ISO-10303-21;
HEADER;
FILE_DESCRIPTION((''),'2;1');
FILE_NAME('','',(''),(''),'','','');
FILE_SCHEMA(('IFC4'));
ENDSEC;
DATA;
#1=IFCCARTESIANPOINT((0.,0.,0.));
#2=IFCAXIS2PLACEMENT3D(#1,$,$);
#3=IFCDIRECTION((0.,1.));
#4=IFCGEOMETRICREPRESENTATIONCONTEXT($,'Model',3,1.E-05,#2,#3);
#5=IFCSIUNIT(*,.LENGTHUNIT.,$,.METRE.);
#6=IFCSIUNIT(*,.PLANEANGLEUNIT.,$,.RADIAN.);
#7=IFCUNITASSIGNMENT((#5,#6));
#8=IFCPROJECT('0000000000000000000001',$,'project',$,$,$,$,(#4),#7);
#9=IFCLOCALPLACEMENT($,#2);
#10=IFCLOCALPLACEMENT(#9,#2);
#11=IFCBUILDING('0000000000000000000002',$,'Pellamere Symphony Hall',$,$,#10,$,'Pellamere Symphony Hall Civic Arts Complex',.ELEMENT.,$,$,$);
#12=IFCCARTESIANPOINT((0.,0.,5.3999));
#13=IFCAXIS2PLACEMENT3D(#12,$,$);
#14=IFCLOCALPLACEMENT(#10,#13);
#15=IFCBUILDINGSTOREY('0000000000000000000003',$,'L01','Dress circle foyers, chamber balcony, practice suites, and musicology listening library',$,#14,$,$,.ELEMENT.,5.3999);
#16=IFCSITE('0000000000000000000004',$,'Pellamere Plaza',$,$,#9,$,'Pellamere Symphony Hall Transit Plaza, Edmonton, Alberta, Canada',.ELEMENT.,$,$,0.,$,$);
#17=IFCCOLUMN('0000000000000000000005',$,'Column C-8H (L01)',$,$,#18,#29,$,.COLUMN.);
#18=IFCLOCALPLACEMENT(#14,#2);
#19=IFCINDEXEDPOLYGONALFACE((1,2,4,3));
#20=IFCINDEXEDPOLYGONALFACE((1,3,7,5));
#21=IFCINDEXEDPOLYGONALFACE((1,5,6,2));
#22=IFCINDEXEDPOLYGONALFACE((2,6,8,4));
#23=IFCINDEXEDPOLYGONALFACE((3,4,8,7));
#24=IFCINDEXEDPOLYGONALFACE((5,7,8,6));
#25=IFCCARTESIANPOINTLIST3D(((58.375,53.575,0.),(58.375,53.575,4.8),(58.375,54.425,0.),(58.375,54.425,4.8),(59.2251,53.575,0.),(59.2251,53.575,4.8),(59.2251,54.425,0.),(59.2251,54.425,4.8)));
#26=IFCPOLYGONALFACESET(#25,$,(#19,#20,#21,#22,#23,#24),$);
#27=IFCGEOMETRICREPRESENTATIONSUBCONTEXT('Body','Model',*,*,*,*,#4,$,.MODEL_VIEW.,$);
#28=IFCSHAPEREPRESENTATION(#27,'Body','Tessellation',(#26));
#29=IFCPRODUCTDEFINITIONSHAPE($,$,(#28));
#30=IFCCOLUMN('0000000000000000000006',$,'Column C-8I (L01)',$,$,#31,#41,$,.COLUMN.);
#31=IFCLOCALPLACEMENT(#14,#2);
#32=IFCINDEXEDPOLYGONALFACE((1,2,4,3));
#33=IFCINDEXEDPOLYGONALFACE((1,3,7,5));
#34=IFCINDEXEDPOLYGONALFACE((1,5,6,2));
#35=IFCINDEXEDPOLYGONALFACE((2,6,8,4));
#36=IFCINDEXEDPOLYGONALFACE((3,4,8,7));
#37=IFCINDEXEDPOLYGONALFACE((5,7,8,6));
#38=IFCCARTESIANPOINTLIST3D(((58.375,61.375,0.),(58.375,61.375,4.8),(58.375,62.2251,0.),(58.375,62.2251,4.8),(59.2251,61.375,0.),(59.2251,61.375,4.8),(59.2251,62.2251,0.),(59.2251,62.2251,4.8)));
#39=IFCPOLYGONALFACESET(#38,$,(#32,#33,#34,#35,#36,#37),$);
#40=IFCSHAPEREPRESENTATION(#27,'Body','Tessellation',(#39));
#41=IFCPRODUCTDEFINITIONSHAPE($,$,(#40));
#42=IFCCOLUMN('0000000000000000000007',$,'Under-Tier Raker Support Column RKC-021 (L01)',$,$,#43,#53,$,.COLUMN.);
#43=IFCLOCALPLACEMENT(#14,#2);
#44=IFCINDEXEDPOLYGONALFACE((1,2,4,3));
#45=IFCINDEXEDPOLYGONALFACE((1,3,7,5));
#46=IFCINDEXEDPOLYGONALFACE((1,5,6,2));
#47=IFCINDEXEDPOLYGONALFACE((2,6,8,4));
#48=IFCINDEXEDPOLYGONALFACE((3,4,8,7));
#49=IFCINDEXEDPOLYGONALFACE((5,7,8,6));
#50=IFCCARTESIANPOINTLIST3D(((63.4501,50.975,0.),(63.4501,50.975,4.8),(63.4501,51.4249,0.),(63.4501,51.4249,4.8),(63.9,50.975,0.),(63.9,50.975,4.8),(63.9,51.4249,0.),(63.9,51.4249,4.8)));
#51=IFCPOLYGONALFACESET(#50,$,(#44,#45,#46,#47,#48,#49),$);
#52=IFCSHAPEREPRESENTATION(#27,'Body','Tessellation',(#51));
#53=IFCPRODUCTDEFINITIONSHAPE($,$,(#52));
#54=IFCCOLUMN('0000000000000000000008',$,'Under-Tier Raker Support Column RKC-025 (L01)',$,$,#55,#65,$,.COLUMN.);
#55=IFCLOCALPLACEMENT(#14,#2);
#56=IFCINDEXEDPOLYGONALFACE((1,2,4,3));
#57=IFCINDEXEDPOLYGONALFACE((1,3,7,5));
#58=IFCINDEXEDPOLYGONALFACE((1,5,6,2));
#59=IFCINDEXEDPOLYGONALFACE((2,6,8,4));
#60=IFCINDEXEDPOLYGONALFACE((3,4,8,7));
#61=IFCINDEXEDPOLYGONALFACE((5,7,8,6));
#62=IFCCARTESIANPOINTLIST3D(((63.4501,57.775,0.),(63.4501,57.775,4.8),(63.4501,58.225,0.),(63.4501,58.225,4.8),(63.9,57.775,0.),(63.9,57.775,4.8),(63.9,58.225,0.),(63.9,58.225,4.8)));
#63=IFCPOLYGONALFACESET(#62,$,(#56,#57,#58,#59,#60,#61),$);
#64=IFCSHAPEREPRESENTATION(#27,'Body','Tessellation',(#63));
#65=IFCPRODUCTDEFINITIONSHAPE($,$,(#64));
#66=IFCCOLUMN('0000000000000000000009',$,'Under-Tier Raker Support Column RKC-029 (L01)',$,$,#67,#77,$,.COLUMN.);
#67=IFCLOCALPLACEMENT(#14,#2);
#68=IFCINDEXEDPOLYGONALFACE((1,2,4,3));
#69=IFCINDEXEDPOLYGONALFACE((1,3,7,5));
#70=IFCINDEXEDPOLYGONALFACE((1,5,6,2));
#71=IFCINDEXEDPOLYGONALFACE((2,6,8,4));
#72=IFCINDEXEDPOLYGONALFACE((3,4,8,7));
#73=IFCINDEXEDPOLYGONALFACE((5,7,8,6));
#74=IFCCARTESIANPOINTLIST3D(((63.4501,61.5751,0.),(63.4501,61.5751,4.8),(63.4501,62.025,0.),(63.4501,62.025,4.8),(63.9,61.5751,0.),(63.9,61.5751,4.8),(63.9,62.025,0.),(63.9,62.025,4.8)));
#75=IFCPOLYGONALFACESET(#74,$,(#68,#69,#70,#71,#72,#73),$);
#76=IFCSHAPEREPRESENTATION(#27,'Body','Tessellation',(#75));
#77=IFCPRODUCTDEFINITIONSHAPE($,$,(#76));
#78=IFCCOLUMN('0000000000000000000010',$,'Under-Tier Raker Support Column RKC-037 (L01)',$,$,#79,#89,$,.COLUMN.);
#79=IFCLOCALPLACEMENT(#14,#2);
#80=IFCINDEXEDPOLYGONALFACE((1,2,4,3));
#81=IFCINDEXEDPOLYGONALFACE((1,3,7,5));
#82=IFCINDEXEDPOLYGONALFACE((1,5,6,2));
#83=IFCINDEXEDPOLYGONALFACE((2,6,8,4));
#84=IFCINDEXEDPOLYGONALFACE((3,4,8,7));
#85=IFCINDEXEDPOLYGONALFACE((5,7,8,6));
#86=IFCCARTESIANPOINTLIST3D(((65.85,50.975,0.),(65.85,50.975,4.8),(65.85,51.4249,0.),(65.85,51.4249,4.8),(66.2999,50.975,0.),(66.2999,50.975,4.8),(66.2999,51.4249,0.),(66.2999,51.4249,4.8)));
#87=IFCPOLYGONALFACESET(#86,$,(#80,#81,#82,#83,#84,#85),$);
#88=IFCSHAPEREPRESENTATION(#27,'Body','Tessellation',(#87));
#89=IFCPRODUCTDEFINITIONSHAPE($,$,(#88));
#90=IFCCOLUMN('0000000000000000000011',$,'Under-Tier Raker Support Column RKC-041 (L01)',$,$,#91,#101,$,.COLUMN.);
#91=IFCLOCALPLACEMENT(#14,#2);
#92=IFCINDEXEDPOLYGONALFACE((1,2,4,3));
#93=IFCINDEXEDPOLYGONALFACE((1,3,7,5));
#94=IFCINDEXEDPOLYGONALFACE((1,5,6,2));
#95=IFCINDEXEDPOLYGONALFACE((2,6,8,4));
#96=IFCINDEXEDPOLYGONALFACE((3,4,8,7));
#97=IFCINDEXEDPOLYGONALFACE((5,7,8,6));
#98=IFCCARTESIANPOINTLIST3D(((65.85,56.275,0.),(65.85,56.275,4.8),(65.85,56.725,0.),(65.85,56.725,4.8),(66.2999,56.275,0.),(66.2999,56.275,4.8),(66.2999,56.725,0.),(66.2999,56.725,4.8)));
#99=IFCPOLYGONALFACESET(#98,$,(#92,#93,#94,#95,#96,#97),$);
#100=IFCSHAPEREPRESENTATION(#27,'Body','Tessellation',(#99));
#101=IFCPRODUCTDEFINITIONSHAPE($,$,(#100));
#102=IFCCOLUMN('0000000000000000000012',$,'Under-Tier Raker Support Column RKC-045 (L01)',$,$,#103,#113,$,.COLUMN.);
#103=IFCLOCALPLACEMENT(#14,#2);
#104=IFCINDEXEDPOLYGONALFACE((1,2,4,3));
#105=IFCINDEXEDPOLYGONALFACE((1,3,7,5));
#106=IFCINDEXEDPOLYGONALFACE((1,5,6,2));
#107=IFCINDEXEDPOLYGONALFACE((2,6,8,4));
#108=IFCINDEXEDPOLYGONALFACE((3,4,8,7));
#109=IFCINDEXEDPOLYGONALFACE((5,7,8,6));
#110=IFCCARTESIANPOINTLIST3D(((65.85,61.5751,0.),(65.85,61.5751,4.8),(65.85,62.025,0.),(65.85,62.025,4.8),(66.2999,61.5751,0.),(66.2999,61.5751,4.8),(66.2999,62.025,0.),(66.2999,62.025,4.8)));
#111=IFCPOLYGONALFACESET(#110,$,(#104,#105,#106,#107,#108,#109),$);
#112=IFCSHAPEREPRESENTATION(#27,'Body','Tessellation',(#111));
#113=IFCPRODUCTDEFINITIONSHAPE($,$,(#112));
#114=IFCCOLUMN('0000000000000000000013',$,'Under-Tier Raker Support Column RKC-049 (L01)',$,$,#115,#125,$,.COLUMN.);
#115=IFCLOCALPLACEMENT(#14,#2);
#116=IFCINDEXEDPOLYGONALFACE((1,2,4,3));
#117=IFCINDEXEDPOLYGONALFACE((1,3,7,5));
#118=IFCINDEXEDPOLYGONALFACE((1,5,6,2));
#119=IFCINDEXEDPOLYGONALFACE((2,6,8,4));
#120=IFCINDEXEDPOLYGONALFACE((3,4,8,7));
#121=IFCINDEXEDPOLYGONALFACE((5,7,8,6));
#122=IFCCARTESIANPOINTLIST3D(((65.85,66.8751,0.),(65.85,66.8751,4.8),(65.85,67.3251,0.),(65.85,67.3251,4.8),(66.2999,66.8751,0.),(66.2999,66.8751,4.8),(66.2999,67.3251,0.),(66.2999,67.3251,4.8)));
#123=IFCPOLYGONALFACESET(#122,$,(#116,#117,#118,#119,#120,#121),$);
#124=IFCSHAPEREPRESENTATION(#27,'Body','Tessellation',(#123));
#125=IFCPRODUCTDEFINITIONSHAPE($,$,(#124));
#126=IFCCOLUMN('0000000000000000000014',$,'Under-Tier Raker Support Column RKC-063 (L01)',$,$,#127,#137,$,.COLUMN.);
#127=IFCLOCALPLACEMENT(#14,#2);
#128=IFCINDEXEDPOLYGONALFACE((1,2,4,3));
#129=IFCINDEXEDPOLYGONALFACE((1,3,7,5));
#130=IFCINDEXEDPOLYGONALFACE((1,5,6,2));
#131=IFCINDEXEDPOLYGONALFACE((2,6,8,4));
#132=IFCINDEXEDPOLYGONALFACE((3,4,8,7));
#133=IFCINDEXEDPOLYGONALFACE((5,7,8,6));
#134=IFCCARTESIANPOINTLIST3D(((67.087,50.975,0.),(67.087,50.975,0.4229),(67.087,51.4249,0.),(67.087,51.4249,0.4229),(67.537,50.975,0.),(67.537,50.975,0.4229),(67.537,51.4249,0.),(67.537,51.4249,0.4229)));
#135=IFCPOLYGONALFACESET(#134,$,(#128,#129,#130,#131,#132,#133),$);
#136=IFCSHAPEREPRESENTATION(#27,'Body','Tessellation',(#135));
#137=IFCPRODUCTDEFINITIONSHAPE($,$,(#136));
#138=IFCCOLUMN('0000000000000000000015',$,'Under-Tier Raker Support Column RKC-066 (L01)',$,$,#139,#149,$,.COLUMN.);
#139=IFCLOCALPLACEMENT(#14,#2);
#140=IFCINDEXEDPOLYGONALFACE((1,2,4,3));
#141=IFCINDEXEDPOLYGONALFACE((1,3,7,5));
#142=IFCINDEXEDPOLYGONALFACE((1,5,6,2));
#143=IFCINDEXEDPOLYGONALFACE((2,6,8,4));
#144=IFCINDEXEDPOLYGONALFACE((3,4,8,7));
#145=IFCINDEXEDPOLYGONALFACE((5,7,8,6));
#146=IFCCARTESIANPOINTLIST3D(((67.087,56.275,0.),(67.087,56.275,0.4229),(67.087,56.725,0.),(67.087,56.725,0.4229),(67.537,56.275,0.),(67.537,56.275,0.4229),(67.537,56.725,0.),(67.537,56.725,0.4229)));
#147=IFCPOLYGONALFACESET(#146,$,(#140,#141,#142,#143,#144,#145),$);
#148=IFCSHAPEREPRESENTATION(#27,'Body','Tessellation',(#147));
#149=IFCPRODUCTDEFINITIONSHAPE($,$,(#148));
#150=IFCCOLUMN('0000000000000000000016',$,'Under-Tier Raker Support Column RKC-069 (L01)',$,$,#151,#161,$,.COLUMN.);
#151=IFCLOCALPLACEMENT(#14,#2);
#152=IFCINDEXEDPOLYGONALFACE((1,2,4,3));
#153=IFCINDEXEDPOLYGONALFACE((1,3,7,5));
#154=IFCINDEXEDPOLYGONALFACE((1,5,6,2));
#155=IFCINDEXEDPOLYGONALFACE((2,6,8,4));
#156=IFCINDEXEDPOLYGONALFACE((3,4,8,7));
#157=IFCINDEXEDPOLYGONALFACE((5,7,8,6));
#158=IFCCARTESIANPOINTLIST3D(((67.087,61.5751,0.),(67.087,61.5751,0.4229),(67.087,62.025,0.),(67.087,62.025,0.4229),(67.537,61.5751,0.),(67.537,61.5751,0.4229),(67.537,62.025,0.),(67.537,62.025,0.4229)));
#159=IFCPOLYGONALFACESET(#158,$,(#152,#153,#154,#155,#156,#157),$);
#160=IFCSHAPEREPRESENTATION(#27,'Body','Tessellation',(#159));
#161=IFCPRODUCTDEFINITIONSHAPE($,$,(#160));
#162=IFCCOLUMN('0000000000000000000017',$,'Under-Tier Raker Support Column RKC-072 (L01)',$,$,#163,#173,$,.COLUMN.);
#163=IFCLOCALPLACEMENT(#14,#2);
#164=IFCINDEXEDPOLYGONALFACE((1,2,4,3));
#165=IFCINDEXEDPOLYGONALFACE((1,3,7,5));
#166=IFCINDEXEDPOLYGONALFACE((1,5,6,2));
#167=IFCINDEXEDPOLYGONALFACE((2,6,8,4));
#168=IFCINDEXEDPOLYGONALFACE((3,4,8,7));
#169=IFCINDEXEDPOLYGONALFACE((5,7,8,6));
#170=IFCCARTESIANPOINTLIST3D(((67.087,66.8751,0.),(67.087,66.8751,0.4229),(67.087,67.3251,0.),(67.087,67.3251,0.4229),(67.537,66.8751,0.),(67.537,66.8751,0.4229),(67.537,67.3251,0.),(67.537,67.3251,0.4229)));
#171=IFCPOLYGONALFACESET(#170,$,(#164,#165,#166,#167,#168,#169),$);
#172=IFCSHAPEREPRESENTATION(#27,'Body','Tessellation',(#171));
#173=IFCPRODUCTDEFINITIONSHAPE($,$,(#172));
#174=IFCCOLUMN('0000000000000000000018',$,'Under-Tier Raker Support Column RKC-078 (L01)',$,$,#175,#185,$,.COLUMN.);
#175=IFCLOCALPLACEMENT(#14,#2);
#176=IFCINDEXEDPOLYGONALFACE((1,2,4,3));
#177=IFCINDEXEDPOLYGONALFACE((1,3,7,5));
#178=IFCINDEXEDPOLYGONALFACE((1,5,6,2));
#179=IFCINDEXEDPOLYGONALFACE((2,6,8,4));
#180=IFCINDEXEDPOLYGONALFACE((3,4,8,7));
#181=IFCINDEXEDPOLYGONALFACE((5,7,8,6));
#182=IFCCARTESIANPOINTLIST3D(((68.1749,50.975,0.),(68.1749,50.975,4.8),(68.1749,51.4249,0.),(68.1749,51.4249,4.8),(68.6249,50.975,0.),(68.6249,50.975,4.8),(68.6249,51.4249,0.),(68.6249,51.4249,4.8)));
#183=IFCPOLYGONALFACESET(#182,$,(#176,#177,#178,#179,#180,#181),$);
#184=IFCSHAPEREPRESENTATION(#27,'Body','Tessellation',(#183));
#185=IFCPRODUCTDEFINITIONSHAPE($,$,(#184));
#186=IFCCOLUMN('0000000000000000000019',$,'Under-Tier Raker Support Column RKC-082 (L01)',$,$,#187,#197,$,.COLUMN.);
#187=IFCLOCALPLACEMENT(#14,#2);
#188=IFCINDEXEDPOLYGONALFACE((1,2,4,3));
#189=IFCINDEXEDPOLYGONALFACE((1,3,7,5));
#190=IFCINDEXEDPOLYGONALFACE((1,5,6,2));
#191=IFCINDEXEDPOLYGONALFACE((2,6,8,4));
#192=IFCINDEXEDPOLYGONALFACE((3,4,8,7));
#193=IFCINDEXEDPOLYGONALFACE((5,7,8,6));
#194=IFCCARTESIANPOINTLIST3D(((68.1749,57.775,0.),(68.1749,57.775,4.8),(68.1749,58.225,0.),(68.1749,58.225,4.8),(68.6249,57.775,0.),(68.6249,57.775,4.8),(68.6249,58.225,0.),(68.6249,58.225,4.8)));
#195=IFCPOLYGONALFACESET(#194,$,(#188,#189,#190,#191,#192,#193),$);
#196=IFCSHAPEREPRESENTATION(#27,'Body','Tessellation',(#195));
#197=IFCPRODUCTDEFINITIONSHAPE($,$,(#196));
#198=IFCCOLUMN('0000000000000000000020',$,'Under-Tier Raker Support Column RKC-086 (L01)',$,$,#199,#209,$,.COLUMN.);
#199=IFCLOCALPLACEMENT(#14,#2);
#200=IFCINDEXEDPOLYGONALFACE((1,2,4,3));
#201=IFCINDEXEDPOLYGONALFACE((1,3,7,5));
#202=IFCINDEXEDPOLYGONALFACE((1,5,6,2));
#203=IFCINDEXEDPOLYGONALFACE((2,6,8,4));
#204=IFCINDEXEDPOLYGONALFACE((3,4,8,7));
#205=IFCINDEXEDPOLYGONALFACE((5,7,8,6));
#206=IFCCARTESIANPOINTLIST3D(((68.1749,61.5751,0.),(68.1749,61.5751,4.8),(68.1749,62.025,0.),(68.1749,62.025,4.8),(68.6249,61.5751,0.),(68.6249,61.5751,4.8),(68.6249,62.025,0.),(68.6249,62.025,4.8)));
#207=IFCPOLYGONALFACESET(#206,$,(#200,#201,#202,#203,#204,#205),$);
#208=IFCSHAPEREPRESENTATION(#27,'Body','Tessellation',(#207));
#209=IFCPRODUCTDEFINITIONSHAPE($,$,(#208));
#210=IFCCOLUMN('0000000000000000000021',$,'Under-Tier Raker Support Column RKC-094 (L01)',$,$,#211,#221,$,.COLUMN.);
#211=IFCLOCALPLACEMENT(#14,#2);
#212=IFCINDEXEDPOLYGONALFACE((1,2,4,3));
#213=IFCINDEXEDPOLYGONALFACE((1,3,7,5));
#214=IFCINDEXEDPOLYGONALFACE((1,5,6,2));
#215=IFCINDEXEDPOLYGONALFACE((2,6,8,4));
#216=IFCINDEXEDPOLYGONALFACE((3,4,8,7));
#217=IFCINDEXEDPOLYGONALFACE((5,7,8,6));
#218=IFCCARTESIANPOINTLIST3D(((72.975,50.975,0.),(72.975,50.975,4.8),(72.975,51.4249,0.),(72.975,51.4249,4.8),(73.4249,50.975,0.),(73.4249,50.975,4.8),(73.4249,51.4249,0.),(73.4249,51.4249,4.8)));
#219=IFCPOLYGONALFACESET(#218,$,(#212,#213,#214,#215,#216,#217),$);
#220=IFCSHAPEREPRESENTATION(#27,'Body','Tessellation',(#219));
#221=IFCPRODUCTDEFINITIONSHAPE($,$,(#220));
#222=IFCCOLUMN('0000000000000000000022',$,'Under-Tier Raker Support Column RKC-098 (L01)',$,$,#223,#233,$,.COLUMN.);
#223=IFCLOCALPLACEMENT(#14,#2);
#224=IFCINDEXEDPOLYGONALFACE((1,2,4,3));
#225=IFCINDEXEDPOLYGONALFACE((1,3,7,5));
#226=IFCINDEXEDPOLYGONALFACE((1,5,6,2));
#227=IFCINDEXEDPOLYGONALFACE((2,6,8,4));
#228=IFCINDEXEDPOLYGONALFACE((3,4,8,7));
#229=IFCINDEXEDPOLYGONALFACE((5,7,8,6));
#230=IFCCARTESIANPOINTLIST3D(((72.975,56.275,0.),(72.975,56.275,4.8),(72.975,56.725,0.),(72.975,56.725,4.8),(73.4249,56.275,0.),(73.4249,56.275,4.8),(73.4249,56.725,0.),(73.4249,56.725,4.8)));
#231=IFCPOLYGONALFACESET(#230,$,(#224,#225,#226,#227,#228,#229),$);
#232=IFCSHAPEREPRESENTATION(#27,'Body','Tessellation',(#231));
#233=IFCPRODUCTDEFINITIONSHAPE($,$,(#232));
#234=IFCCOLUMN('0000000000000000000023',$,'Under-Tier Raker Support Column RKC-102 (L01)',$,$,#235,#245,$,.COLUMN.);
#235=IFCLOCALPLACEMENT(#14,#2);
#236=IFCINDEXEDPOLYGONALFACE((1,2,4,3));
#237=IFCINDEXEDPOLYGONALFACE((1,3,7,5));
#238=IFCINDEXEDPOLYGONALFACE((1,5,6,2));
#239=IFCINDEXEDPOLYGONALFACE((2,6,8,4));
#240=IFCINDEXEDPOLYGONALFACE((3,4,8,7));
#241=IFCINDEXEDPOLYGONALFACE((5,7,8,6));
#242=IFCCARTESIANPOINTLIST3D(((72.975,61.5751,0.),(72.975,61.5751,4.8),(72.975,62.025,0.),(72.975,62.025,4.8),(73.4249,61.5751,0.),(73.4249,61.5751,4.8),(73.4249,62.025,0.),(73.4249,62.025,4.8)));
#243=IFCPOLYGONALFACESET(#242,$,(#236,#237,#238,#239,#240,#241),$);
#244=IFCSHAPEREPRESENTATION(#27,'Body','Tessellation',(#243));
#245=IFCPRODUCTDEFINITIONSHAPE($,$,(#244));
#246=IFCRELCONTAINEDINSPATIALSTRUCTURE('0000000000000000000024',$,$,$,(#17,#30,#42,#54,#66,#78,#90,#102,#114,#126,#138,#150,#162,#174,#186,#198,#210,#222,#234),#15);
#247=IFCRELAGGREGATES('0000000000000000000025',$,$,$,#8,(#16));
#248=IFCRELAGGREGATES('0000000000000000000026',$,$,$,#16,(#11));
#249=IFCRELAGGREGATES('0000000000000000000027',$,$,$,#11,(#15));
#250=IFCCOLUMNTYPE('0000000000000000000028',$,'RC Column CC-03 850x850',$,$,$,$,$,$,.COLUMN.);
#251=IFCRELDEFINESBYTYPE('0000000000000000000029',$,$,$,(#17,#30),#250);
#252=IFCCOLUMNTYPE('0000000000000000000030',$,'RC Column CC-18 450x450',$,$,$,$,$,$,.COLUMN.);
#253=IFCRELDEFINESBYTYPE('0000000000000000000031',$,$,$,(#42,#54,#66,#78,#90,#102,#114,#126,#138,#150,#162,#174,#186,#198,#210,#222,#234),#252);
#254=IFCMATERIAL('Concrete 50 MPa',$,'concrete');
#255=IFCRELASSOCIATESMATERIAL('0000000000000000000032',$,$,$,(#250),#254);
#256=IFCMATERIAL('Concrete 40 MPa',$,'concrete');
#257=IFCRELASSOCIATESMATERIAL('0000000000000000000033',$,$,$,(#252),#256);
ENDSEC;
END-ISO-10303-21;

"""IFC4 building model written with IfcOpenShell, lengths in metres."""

from ifc_helpers import new_model, si_unit, direction, frame, origin, origin_2d, place, context, subcontext, project, spatial, rectangle, extrude, material, material_profile, profile_set, type_object, element, save


model = new_model("IFC4")

# Units and contexts
model_context = context("Model", 3, precision=1e-05, world=origin(), true_north=direction((0.0, 1.0)))
body_context = subcontext(model_context, "Body", "Model", "MODEL_VIEW")
ifc_project = project(units=[si_unit("LENGTHUNIT", "METRE"), si_unit("PLANEANGLEUNIT", "RADIAN")], contexts=[model_context])

# Site, building, storey
site_placement = place(None, origin())
site = spatial("IfcSite", under=ifc_project, at=site_placement, Name="Pellamere Plaza", LongName="Pellamere Symphony Hall Transit Plaza, Edmonton, Alberta, Canada", CompositionType="ELEMENT", RefElevation=0.0)
building_placement = place(site_placement, origin())
building = spatial("IfcBuilding", under=site, at=building_placement, Name="Pellamere Symphony Hall", LongName="Pellamere Symphony Hall Civic Arts Complex", CompositionType="ELEMENT")
storey_placement = place(building_placement, frame((0.0, 0.0, 5.3999)))
storey = spatial("IfcBuildingStorey", under=building, at=storey_placement, Name="L01", Description="Dress circle foyers, chamber balcony, practice suites, and musicology listening library", CompositionType="ELEMENT", Elevation=5.3999)

# Columns
ifc_material_1 = material(Name="Concrete 50 MPa", Category="concrete")
ifc_material_profile_1 = material_profile(ifc_material_1, rectangle(XDim=0.8501, YDim=0.8501, at=origin_2d()), Name="RC 850x850")
ifc_profile_set_1 = profile_set([ifc_material_profile_1], Name="Concrete 50 MPa")
column_type_1 = type_object("IfcColumnType", Name="RC Column CC-03 850x850", PredefinedType="COLUMN", material=ifc_profile_set_1)
for number, where, z_axis, x_axis, name in (
    (1, (58.8, 54.0, 0.0), (0.0, 0.0, 1.0), (1.0, 0.0, 0.0), "Column C-8H (L01)"),
    (2, (58.8, 61.8, 0.0), (0.0, 0.0, 1.0), (1.0, 0.0, 0.0), "Column C-8I (L01)"),
):
    element("IfcColumn", number, at=place(storey_placement, frame(where, z_axis=z_axis, x_axis=x_axis)), inside=storey, type_object=column_type_1, Name=name, PredefinedType="COLUMN", context=body_context, shape_type="SweptSolid", body=[
        extrude(rectangle(XDim=0.8501, YDim=0.8501, at=origin_2d()), origin(), (0.0, 0.0, 1.0), 4.8),
    ])
ifc_material_2 = material(Name="Concrete 40 MPa", Category="concrete")
ifc_material_profile_2 = material_profile(ifc_material_2, rectangle(XDim=0.45, YDim=0.45, at=origin_2d()), Name="RC 450x450")
ifc_profile_set_2 = profile_set([ifc_material_profile_2], Name="Concrete 40 MPa")
column_type_2 = type_object("IfcColumnType", Name="RC Column CC-18 450x450", PredefinedType="COLUMN", material=ifc_profile_set_2)
for number, where, z_axis, x_axis, name in (
    (3, (63.675, 51.2, 0.0), (0.0, 0.0, 1.0), (1.0, 0.0, 0.0), "Under-Tier Raker Support Column RKC-021 (L01)"),
    (4, (63.675, 58.0, 0.0), (0.0, 0.0, 1.0), (1.0, 0.0, 0.0), "Under-Tier Raker Support Column RKC-025 (L01)"),
    (5, (63.675, 61.8, 0.0), (0.0, 0.0, 1.0), (1.0, 0.0, 0.0), "Under-Tier Raker Support Column RKC-029 (L01)"),
    (6, (66.075, 51.2, 0.0), (0.0, 0.0, 1.0), (1.0, 0.0, 0.0), "Under-Tier Raker Support Column RKC-037 (L01)"),
    (7, (66.075, 56.5, 0.0), (0.0, 0.0, 1.0), (1.0, 0.0, 0.0), "Under-Tier Raker Support Column RKC-041 (L01)"),
    (8, (66.075, 61.8, 0.0), (0.0, 0.0, 1.0), (1.0, 0.0, 0.0), "Under-Tier Raker Support Column RKC-045 (L01)"),
    (9, (66.075, 67.1001, 0.0), (0.0, 0.0, 1.0), (1.0, 0.0, 0.0), "Under-Tier Raker Support Column RKC-049 (L01)"),
):
    element("IfcColumn", number, at=place(storey_placement, frame(where, z_axis=z_axis, x_axis=x_axis)), inside=storey, type_object=column_type_2, Name=name, PredefinedType="COLUMN", context=body_context, shape_type="SweptSolid", body=[
        extrude(rectangle(XDim=0.45, YDim=0.45, at=origin_2d()), origin(), (0.0, 0.0, 1.0), 4.8),
    ])
for number, where, z_axis, x_axis, name in (
    (10, (67.312, 51.2, 0.0), (0.0, 0.0, 1.0), (1.0, 0.0, 0.0), "Under-Tier Raker Support Column RKC-063 (L01)"),
    (11, (67.312, 56.5, 0.0), (0.0, 0.0, 1.0), (1.0, 0.0, 0.0), "Under-Tier Raker Support Column RKC-066 (L01)"),
    (12, (67.312, 61.8, 0.0), (0.0, 0.0, 1.0), (1.0, 0.0, 0.0), "Under-Tier Raker Support Column RKC-069 (L01)"),
    (13, (67.312, 67.1001, 0.0), (0.0, 0.0, 1.0), (1.0, 0.0, 0.0), "Under-Tier Raker Support Column RKC-072 (L01)"),
):
    element("IfcColumn", number, at=place(storey_placement, frame(where, z_axis=z_axis, x_axis=x_axis)), inside=storey, type_object=column_type_2, Name=name, PredefinedType="COLUMN", context=body_context, shape_type="SweptSolid", body=[
        extrude(rectangle(XDim=0.45, YDim=0.45, at=origin_2d()), origin(), (0.0, 0.0, 1.0), 0.4229),
    ])
for number, where, z_axis, x_axis, name in (
    (14, (68.3999, 51.2, 0.0), (0.0, 0.0, 1.0), (1.0, 0.0, 0.0), "Under-Tier Raker Support Column RKC-078 (L01)"),
    (15, (68.3999, 58.0, 0.0), (0.0, 0.0, 1.0), (1.0, 0.0, 0.0), "Under-Tier Raker Support Column RKC-082 (L01)"),
    (16, (68.3999, 61.8, 0.0), (0.0, 0.0, 1.0), (1.0, 0.0, 0.0), "Under-Tier Raker Support Column RKC-086 (L01)"),
    (17, (73.2, 51.2, 0.0), (0.0, 0.0, 1.0), (1.0, 0.0, 0.0), "Under-Tier Raker Support Column RKC-094 (L01)"),
    (18, (73.2, 56.5, 0.0), (0.0, 0.0, 1.0), (1.0, 0.0, 0.0), "Under-Tier Raker Support Column RKC-098 (L01)"),
    (19, (73.2, 61.8, 0.0), (0.0, 0.0, 1.0), (1.0, 0.0, 0.0), "Under-Tier Raker Support Column RKC-102 (L01)"),
):
    element("IfcColumn", number, at=place(storey_placement, frame(where, z_axis=z_axis, x_axis=x_axis)), inside=storey, type_object=column_type_2, Name=name, PredefinedType="COLUMN", context=body_context, shape_type="SweptSolid", body=[
        extrude(rectangle(XDim=0.45, YDim=0.45, at=origin_2d()), origin(), (0.0, 0.0, 1.0), 4.8),
    ])

save(model, "model.ifc")
